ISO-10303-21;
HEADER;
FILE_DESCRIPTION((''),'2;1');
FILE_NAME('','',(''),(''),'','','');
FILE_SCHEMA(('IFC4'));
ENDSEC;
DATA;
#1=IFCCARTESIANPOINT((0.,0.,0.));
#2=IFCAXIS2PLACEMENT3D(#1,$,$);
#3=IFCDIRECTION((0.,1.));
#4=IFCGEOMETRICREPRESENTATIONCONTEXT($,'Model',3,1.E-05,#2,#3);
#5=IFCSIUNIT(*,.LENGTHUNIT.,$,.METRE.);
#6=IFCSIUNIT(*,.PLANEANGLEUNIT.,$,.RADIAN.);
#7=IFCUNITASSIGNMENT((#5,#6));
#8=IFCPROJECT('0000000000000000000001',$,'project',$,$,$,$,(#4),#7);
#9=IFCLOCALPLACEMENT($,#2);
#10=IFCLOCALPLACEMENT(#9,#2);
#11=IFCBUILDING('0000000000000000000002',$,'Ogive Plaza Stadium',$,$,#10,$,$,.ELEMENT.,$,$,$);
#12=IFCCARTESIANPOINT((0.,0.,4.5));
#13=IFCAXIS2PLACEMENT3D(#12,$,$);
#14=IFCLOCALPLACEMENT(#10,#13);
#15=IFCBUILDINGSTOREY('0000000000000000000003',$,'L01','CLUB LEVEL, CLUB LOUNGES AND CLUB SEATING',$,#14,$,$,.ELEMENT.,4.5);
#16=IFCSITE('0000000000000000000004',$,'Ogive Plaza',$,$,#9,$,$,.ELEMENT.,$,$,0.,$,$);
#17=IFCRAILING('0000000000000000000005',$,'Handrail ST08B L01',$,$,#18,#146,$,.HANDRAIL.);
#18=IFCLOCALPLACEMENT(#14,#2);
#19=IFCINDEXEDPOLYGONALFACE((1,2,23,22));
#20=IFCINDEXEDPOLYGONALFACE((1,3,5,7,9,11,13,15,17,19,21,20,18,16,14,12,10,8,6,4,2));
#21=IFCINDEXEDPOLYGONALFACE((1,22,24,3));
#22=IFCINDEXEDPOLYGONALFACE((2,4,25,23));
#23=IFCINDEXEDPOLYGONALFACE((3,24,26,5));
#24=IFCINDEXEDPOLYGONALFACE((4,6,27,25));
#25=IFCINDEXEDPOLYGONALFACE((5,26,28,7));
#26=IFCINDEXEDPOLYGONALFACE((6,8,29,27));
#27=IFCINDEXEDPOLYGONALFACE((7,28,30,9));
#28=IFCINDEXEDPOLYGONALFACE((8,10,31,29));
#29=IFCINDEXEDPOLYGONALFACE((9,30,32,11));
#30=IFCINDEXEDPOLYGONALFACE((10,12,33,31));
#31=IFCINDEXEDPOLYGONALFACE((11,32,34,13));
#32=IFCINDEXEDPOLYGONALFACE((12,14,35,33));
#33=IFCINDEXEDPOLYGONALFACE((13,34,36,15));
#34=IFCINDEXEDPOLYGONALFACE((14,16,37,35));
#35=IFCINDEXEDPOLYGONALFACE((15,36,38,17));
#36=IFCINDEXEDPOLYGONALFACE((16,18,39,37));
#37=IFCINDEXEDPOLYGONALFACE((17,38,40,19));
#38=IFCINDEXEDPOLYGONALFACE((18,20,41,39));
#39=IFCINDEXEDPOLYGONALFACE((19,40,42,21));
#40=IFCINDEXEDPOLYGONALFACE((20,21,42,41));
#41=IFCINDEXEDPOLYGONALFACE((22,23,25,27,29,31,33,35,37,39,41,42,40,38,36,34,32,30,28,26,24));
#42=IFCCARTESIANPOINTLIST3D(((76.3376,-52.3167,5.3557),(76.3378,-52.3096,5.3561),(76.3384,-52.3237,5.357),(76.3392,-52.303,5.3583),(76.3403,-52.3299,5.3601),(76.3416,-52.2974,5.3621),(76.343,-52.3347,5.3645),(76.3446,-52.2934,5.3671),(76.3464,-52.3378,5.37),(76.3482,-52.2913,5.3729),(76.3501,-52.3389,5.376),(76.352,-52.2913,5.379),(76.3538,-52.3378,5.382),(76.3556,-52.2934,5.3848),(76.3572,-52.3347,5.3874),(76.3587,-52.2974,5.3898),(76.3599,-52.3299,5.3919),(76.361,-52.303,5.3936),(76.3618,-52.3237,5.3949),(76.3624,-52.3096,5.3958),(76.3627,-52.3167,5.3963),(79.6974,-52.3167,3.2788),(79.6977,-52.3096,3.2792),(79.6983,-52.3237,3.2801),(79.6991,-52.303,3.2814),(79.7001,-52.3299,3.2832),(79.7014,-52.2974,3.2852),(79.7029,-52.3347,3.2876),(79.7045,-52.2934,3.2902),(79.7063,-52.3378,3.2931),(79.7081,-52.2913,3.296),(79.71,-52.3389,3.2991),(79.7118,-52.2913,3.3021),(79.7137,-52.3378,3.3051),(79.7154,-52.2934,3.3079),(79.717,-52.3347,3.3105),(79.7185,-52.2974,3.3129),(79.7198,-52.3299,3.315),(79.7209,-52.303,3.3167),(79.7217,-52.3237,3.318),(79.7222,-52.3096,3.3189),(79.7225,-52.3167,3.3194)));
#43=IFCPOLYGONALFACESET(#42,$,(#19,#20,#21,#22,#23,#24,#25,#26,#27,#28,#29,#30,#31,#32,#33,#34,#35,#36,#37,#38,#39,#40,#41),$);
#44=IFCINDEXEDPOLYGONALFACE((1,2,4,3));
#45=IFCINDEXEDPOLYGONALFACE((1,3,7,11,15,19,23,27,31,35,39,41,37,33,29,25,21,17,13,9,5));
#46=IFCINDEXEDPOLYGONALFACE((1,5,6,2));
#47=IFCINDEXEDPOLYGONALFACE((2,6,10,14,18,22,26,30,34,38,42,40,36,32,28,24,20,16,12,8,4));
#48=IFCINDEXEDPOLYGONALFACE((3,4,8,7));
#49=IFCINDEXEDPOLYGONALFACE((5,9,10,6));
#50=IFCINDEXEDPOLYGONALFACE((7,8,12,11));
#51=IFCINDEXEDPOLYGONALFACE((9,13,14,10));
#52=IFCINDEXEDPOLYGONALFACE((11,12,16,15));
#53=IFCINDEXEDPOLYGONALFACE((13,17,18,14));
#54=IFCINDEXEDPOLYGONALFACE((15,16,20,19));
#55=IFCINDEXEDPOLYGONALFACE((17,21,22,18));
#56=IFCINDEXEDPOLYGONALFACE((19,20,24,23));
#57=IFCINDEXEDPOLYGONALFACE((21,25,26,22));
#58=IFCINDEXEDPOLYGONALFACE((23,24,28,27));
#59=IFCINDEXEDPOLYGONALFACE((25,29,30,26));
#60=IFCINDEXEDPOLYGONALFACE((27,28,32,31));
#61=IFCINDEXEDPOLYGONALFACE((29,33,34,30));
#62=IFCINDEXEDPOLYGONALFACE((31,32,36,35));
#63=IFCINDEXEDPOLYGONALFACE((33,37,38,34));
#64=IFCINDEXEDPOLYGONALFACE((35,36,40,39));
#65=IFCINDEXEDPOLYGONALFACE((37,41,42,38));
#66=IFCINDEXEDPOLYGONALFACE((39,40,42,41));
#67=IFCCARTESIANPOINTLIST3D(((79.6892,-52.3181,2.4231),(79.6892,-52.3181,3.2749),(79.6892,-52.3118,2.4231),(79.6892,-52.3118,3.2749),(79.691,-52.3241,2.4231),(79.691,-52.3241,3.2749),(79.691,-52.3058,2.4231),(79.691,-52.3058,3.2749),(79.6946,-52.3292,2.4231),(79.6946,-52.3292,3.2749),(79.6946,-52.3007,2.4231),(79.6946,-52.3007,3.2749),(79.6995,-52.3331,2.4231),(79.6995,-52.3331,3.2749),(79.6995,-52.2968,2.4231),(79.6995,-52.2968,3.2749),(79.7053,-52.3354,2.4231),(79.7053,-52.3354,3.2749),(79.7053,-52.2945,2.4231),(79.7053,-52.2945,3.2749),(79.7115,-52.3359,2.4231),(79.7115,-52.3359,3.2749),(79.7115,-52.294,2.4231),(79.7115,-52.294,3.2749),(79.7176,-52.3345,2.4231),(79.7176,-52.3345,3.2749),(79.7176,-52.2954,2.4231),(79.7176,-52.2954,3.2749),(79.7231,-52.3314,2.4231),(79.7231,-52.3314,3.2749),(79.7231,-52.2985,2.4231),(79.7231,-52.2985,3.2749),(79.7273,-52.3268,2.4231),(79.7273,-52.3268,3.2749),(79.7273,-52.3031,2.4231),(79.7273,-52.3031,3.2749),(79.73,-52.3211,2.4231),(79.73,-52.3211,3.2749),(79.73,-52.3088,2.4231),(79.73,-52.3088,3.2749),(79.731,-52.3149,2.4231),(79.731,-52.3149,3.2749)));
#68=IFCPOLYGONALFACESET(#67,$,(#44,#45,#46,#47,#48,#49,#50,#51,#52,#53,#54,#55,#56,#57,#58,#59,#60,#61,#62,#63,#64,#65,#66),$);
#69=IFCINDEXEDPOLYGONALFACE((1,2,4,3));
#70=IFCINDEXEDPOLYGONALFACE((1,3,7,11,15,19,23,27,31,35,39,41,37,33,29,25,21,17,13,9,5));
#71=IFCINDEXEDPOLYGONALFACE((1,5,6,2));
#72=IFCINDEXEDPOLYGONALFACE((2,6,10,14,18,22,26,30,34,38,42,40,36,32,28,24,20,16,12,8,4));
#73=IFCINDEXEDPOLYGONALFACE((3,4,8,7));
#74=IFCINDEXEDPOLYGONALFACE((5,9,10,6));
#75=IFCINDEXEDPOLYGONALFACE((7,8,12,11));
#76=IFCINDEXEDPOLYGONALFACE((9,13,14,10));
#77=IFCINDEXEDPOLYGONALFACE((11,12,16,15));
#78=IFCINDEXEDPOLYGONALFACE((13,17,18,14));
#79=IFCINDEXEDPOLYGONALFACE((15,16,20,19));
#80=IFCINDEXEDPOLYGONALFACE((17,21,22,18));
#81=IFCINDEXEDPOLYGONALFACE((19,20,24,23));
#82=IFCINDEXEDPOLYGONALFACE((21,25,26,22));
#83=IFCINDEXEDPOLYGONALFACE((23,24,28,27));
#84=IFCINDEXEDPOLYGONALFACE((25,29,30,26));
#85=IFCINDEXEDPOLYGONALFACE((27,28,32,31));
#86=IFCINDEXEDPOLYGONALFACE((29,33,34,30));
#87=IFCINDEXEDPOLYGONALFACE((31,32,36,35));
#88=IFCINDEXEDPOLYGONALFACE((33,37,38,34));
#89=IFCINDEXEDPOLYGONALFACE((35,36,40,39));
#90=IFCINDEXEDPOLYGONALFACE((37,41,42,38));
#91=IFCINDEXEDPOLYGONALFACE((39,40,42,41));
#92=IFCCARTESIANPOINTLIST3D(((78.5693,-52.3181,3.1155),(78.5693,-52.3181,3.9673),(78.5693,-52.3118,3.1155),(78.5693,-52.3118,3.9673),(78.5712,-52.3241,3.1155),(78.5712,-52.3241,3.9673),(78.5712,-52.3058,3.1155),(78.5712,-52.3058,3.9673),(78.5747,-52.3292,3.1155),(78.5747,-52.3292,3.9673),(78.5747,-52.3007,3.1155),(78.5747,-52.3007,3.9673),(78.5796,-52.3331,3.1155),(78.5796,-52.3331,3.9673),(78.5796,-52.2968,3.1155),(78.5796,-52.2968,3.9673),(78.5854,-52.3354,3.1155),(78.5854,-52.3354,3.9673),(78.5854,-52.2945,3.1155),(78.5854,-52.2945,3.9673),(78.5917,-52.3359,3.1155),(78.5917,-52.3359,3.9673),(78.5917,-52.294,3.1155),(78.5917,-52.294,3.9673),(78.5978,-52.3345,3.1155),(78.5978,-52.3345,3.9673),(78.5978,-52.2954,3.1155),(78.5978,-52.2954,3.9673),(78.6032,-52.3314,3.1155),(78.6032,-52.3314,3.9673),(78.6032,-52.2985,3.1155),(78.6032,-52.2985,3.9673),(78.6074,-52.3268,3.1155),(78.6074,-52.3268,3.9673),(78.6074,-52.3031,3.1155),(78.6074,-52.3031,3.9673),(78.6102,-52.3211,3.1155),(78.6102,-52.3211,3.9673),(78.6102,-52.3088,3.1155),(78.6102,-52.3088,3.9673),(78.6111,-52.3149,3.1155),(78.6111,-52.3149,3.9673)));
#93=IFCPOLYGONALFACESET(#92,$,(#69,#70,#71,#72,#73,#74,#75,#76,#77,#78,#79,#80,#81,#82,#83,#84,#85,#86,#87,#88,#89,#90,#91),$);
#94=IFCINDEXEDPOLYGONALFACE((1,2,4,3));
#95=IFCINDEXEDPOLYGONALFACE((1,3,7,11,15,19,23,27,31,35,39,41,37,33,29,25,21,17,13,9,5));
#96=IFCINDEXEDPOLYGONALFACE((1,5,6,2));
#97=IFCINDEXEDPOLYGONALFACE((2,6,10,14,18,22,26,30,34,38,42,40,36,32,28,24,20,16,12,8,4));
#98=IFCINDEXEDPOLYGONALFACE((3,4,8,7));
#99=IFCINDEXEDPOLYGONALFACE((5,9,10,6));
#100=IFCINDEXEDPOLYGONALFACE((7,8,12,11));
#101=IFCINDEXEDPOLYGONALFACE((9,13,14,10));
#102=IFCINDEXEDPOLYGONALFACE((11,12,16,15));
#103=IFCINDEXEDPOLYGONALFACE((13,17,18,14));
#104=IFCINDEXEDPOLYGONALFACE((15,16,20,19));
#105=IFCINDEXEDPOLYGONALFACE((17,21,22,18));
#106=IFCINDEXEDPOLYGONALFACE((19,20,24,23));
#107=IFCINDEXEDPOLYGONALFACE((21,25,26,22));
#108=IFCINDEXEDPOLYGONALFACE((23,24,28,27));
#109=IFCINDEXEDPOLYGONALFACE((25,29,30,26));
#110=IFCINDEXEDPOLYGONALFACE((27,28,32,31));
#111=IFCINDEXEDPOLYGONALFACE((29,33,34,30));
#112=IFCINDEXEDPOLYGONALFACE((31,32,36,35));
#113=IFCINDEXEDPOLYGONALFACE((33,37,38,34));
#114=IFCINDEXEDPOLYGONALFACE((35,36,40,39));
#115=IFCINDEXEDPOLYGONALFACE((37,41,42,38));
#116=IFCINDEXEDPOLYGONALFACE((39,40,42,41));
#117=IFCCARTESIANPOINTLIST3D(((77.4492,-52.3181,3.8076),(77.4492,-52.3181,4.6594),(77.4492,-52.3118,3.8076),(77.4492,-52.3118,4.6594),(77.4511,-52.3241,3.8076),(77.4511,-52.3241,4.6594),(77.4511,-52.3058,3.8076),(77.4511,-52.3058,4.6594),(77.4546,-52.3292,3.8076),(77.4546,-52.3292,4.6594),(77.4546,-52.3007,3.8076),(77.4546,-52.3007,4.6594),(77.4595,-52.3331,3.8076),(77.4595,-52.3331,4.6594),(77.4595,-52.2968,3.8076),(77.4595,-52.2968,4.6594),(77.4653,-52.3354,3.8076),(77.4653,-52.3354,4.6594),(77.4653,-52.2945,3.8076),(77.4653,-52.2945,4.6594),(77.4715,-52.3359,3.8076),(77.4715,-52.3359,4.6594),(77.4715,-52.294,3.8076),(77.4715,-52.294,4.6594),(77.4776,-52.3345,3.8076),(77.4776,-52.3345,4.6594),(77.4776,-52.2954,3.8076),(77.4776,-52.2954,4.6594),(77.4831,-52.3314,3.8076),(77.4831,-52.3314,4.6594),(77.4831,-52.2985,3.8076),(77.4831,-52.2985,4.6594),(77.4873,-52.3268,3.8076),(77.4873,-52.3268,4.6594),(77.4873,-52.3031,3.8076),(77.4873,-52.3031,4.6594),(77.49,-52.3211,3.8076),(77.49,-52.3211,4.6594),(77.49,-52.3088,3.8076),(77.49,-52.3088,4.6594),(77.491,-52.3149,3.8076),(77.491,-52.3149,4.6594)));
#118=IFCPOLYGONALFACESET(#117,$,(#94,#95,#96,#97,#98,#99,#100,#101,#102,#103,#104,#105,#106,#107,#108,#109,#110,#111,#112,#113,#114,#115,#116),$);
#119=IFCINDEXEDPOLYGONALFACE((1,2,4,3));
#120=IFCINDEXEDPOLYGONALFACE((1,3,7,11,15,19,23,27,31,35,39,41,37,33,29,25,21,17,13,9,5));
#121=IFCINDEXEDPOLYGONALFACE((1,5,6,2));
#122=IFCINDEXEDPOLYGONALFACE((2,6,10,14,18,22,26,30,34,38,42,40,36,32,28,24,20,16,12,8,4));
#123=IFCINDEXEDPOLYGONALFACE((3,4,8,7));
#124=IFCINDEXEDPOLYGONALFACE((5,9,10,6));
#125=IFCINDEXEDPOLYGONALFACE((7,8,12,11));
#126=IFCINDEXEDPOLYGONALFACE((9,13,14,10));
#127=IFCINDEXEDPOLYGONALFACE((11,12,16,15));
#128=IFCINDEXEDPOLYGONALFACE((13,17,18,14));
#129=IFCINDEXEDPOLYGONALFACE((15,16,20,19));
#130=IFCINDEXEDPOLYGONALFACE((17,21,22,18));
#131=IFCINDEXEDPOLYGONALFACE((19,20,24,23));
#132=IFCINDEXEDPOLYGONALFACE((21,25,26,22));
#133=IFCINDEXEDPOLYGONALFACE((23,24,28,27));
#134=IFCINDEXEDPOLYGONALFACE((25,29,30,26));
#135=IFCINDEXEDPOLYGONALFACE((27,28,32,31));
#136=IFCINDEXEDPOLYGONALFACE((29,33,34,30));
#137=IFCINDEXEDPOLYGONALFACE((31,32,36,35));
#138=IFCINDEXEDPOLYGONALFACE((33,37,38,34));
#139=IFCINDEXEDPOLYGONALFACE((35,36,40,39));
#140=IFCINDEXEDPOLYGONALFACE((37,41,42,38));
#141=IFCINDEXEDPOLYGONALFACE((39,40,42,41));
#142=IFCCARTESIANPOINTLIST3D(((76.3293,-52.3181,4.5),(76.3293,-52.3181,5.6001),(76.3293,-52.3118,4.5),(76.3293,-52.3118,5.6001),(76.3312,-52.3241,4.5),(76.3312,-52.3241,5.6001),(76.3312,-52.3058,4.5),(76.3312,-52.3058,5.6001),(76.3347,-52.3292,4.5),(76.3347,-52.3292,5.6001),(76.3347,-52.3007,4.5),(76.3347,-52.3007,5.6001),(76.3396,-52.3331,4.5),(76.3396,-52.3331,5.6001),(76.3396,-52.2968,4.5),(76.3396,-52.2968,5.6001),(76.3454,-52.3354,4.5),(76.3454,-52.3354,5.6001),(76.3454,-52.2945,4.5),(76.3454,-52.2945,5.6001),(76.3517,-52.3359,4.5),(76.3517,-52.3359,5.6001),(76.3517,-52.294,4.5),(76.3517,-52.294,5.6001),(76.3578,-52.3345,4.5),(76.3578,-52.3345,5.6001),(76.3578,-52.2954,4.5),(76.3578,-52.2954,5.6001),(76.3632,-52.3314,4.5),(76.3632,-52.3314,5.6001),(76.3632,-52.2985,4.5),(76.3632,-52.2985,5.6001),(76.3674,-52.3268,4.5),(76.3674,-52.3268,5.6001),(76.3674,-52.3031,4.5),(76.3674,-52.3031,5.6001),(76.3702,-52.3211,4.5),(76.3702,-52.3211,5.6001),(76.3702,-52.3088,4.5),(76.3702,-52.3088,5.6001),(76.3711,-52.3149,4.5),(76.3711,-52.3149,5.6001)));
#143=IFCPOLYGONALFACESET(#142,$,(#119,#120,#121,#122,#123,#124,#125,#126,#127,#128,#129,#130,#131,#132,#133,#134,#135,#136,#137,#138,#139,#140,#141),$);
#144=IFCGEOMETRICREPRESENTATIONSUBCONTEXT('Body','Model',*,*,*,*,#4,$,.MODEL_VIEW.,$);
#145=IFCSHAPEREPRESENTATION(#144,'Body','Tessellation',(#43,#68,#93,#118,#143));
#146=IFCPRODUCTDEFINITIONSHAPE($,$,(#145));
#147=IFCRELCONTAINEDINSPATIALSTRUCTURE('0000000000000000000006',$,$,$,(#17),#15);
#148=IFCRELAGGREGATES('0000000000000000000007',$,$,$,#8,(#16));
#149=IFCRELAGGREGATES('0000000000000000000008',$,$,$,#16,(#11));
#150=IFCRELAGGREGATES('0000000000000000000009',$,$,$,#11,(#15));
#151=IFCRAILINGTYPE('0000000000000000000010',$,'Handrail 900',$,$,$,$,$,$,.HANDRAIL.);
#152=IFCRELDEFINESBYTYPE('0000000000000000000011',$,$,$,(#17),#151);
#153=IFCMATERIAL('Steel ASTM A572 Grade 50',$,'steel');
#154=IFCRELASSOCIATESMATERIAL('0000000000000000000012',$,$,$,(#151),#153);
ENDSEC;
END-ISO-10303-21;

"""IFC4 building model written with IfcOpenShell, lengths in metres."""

from ifc_helpers import new_model, si_unit, direction, frame, origin, origin_2d, place, context, subcontext, project, spatial, circle, extrude, material, type_object, element, save


model = new_model("IFC4")

# Units and contexts
model_context = context("Model", 3, precision=1e-05, world=origin(), true_north=direction((0.0, 1.0)))
body_context = subcontext(model_context, "Body", "Model", "MODEL_VIEW")
ifc_project = project(units=[si_unit("LENGTHUNIT", "METRE"), si_unit("PLANEANGLEUNIT", "RADIAN")], contexts=[model_context])

# Site, building, storey
site_placement = place(None, origin())
site = spatial("IfcSite", under=ifc_project, at=site_placement, Name="Ogive Plaza", CompositionType="ELEMENT", RefElevation=0.0)
building_placement = place(site_placement, origin())
building = spatial("IfcBuilding", under=site, at=building_placement, Name="Ogive Plaza Stadium", CompositionType="ELEMENT")
storey_placement = place(building_placement, frame((0.0, 0.0, 4.5)))
storey = spatial("IfcBuildingStorey", under=building, at=storey_placement, Name="L01", Description="CLUB LEVEL, CLUB LOUNGES AND CLUB SEATING", CompositionType="ELEMENT", Elevation=4.5)

# Railing
ifc_material_1 = material(Name="Steel ASTM A572 Grade 50", Category="steel")
railing_type_1 = type_object("IfcRailingType", Name="Handrail 900", PredefinedType="HANDRAIL", material=ifc_material_1)
for number, where, name in (
    (1, (79.71, -52.3149, 2.4231), "Handrail ST08B L01"),
):
    element("IfcRailing", number, at=place(storey_placement, frame(where)), inside=storey, type_object=railing_type_1, Name=name, PredefinedType="HANDRAIL", context=body_context, shape_type="SweptSolid", body=[
        extrude(circle(Radius=0.0239, at=origin_2d()), frame((0.0, 0.0, 0.876), z_axis=(-0.850606, 0.0, 0.525803), x_axis=(0.0, -1.0, 0.0)), (0.0, 0.0, 1.0), 3.95),
        extrude(circle(Radius=0.021, at=origin_2d()), origin(), (0.0, 0.0, 1.0), 0.8518),
        extrude(circle(Radius=0.021, at=origin_2d()), frame((-1.1199, 0.0, 0.6924)), (0.0, 0.0, 1.0), 0.8518),
        extrude(circle(Radius=0.021, at=origin_2d()), frame((-2.24, 0.0, 1.3845)), (0.0, 0.0, 1.0), 0.8518),
        extrude(circle(Radius=0.021, at=origin_2d()), frame((-3.3599, 0.0, 2.0769)), (0.0, 0.0, 1.0), 1.1001),
    ])

save(model, "model.ifc")
